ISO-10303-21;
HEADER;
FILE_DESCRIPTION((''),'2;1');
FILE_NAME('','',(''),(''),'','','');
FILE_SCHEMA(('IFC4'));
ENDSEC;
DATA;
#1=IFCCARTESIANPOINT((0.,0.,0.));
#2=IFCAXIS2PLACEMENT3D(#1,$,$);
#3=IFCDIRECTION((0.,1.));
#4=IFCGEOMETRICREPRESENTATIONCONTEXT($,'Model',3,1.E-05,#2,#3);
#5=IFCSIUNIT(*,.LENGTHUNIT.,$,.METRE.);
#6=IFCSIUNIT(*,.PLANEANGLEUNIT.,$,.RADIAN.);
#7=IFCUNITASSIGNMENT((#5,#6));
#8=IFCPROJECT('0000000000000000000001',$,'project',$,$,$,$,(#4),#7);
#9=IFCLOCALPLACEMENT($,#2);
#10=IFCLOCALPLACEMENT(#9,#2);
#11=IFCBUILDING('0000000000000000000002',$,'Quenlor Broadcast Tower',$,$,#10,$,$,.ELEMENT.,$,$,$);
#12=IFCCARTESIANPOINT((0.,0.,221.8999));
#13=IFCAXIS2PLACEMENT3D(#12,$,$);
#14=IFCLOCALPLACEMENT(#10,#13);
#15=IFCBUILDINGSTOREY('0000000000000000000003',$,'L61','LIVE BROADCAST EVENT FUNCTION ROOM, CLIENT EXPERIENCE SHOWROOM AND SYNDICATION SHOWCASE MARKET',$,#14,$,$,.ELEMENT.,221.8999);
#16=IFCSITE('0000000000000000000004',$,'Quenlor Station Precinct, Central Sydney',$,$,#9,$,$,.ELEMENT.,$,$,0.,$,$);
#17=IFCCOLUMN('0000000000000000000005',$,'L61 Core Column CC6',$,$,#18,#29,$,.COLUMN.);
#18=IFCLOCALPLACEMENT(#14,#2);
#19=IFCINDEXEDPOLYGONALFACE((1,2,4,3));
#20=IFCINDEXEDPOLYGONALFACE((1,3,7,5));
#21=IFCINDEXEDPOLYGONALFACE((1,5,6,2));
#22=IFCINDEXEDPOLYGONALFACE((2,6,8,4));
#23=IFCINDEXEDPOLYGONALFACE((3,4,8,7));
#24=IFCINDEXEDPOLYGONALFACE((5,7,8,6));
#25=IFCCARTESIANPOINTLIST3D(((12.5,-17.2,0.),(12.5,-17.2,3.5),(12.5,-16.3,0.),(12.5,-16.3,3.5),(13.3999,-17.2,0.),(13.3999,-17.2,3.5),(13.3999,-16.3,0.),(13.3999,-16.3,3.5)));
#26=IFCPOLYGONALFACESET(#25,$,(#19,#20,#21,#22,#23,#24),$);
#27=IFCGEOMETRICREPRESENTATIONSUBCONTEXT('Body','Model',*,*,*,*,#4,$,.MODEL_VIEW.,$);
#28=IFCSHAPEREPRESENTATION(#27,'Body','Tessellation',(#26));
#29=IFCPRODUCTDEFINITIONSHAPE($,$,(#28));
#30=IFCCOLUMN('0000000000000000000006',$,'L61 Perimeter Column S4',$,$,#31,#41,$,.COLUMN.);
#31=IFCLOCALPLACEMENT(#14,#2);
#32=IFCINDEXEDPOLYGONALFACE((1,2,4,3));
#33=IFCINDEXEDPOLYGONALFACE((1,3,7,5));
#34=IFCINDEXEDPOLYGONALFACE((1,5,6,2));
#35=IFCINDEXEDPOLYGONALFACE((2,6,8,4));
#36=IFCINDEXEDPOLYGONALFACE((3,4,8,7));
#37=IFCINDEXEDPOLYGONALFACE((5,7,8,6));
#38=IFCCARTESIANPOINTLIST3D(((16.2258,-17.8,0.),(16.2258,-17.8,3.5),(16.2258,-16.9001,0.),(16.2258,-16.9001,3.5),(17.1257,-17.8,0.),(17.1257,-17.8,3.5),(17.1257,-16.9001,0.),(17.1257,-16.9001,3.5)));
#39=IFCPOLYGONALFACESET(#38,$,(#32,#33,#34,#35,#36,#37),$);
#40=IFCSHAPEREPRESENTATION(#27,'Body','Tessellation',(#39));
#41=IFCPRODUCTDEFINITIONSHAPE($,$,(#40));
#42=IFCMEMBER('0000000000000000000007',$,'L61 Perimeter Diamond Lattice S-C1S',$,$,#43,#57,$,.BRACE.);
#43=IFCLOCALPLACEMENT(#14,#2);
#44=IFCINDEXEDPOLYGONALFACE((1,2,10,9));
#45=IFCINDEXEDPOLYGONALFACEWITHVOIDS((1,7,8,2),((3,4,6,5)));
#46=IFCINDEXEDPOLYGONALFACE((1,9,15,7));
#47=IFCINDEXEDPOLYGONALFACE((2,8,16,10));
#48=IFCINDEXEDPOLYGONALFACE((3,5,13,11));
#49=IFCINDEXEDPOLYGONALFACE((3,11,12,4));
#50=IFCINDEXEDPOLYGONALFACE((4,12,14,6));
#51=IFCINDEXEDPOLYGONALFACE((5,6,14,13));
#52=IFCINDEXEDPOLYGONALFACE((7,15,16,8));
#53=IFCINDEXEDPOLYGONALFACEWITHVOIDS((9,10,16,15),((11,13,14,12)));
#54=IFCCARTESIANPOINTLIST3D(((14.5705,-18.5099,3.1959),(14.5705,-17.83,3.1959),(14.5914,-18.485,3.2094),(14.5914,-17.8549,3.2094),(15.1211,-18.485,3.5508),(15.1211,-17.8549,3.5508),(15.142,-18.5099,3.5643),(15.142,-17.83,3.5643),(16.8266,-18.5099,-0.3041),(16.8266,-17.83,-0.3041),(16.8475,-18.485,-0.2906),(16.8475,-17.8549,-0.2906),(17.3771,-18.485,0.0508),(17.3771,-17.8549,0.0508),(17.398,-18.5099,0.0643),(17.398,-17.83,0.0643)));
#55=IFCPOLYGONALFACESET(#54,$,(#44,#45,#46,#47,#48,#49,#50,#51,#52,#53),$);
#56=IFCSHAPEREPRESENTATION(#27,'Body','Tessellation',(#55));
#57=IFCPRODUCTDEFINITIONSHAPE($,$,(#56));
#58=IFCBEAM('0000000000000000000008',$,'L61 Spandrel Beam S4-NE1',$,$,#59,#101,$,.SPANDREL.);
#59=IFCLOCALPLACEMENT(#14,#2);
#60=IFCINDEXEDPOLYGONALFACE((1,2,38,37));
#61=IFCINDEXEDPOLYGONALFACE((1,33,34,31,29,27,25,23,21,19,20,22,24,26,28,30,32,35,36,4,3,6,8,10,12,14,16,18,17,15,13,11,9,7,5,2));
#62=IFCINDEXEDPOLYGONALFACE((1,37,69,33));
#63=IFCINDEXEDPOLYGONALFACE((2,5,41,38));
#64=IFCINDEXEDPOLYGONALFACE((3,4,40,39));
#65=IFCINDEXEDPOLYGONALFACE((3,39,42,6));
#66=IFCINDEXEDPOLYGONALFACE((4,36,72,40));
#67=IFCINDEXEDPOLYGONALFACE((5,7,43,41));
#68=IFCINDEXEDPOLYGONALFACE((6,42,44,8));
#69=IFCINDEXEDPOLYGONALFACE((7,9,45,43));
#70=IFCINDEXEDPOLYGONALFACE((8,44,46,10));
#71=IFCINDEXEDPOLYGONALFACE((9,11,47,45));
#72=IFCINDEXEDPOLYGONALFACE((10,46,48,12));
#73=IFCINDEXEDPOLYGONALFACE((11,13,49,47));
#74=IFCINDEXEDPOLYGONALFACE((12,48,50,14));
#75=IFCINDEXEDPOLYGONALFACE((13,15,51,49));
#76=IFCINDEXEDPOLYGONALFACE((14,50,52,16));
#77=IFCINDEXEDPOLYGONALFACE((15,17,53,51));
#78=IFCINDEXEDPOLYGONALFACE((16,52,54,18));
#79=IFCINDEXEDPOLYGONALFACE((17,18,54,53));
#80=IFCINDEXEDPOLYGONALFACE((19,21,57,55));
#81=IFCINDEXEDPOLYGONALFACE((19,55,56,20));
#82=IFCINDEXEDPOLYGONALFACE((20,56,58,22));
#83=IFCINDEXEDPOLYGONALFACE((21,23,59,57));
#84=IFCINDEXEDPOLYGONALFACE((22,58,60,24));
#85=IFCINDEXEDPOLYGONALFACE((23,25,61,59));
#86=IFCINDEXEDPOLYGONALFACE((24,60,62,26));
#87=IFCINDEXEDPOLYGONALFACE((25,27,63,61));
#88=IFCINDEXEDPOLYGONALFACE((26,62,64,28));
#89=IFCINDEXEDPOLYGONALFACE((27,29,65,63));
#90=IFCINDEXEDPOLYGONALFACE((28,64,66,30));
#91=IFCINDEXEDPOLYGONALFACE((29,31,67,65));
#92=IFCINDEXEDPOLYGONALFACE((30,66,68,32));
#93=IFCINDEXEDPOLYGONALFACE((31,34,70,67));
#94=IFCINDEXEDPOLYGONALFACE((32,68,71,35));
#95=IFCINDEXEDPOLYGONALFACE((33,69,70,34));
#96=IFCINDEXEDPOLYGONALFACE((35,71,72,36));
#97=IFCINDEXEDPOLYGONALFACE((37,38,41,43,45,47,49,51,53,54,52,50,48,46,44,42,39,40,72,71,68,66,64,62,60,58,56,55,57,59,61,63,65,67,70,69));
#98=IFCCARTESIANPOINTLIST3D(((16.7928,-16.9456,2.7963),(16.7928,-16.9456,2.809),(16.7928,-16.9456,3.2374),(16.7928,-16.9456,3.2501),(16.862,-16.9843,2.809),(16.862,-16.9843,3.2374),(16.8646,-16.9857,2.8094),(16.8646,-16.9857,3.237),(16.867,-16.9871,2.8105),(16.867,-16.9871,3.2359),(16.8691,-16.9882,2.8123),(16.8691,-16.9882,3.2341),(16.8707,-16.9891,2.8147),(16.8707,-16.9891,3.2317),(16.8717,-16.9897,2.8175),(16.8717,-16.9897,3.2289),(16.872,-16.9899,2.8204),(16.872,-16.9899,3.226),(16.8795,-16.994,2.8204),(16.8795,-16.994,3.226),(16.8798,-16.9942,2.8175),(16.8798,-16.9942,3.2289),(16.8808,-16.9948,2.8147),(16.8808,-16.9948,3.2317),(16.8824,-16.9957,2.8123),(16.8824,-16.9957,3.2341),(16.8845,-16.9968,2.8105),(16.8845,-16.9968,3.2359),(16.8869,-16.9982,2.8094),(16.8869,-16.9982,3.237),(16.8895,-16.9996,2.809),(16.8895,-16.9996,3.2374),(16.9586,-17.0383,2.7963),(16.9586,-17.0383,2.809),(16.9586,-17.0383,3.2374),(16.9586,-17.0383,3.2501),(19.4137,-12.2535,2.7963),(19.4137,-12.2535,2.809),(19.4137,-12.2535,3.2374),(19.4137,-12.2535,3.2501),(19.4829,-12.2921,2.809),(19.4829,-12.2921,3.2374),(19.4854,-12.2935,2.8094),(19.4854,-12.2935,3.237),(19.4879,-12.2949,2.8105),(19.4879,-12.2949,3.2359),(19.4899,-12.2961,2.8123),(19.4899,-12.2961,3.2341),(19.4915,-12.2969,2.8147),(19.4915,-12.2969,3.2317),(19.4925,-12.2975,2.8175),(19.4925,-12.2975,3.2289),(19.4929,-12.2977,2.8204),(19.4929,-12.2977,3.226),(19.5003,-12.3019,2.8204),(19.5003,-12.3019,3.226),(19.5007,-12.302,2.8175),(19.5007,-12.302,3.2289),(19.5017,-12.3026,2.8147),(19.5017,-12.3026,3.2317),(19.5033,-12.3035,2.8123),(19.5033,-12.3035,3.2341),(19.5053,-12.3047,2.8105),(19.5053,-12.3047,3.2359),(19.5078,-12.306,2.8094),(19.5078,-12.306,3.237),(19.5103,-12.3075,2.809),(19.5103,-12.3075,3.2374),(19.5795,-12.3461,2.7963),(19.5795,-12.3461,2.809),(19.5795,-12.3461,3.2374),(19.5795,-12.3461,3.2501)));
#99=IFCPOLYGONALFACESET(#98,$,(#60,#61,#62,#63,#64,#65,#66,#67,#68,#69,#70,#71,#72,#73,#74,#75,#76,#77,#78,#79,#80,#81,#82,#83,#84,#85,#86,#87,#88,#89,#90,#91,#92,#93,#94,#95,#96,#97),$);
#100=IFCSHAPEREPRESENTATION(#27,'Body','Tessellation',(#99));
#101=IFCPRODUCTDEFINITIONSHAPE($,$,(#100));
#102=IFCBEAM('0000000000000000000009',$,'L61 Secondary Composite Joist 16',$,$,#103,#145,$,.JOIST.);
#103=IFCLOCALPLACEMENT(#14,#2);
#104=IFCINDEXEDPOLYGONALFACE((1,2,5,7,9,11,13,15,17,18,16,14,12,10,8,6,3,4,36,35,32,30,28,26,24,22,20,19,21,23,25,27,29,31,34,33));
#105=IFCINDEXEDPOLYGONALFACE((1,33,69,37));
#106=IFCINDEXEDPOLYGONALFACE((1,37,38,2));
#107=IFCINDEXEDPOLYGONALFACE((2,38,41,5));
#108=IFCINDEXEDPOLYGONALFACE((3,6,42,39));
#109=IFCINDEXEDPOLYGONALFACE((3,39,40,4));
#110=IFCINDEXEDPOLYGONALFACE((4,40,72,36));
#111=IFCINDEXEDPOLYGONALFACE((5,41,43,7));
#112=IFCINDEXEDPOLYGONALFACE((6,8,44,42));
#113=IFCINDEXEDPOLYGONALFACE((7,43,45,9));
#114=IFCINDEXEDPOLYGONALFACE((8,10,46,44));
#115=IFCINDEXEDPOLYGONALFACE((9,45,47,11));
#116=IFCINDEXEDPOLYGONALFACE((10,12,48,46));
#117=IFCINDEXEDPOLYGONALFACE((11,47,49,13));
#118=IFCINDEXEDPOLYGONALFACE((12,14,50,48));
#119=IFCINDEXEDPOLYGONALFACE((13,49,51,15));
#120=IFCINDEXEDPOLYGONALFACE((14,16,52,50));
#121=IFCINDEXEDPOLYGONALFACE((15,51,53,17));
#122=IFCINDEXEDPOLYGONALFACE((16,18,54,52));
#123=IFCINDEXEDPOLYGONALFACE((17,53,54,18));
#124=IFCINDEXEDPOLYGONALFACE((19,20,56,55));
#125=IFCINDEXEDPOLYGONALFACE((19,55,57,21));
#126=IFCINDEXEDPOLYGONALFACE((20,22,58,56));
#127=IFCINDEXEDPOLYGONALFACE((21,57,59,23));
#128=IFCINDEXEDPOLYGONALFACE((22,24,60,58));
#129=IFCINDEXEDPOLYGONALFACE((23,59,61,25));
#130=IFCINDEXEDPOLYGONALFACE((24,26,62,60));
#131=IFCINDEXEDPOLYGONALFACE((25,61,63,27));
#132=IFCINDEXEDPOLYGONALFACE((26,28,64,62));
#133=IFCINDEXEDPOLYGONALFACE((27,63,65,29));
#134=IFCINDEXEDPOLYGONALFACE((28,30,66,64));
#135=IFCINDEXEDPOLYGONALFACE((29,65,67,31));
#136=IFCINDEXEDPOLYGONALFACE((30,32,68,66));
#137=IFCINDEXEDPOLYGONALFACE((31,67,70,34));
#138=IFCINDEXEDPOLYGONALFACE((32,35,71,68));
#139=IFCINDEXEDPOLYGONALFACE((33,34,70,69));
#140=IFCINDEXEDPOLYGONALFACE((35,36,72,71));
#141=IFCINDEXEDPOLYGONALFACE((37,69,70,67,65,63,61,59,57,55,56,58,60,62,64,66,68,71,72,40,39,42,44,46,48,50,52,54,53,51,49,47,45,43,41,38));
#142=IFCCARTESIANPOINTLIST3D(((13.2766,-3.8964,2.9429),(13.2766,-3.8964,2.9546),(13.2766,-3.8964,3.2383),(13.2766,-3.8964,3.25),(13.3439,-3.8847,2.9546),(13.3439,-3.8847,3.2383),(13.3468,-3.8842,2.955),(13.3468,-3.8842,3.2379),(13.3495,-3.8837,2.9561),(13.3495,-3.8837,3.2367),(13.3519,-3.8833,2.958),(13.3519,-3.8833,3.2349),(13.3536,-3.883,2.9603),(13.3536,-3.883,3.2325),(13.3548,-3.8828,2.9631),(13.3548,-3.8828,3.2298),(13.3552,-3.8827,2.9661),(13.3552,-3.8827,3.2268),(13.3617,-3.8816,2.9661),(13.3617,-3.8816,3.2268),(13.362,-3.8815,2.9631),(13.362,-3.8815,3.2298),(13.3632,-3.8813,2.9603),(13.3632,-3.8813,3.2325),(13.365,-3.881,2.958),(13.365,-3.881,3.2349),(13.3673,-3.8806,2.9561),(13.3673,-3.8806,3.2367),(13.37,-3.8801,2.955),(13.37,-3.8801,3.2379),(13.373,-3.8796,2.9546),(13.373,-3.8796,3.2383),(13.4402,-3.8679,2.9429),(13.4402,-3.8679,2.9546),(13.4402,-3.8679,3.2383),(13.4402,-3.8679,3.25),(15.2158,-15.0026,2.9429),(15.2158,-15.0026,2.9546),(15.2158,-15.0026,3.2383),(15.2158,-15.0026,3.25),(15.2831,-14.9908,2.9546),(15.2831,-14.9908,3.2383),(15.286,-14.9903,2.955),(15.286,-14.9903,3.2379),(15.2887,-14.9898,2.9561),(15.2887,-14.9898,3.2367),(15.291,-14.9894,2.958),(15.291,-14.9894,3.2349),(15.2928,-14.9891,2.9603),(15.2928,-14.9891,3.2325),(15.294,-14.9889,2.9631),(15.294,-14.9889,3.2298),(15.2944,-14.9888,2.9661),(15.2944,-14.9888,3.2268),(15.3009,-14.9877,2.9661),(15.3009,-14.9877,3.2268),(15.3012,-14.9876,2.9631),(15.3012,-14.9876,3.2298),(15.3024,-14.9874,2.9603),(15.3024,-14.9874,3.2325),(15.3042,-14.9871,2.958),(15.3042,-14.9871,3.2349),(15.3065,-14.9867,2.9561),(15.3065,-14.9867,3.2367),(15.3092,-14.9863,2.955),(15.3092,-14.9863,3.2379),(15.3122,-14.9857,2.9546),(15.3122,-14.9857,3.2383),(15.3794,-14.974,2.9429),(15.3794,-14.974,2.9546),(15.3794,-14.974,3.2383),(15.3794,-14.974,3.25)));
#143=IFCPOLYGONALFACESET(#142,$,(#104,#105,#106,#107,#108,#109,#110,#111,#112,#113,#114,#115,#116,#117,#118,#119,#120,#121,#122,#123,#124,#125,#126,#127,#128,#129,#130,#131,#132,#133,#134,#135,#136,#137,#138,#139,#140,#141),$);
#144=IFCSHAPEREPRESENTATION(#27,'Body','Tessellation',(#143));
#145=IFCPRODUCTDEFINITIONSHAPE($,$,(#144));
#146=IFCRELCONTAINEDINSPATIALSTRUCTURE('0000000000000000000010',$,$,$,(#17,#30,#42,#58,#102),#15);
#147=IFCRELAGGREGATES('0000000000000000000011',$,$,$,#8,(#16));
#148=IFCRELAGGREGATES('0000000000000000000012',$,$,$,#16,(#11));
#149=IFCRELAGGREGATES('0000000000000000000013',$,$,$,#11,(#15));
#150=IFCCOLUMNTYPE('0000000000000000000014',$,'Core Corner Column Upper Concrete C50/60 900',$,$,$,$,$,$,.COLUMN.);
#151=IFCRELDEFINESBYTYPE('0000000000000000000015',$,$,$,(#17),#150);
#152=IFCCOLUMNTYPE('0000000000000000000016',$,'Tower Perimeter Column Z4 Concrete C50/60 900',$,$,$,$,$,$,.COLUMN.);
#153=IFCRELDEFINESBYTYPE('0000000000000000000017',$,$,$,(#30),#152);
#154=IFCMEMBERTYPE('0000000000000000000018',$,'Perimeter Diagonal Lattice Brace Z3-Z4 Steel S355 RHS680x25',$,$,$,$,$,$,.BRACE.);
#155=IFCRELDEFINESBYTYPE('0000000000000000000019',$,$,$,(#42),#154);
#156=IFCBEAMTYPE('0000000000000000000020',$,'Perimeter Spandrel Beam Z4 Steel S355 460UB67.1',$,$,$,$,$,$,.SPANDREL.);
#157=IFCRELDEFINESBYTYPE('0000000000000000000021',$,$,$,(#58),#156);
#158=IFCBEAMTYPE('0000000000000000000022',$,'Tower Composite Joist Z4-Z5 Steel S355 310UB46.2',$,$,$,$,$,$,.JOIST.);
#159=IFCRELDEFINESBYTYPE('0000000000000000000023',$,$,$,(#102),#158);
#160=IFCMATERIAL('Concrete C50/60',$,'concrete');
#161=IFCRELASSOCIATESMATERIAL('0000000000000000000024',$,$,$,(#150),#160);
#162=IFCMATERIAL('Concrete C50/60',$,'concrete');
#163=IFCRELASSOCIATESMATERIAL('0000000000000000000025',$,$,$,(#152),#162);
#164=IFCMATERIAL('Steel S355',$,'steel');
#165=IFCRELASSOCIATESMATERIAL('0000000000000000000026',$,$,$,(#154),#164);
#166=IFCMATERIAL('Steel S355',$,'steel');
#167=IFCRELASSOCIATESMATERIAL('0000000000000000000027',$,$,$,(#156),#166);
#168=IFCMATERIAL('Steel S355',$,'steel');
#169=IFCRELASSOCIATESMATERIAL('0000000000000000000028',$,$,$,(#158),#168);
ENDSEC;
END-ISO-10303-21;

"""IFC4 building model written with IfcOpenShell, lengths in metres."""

from ifc_helpers import new_model, si_unit, direction, frame, origin, origin_2d, place, context, subcontext, project, spatial, rectangle, hollow_rectangle, i_section, extrude, material, material_profile, profile_set, type_object, element, save


model = new_model("IFC4")

# Units and contexts
model_context = context("Model", 3, precision=1e-05, world=origin(), true_north=direction((0.0, 1.0)))
body_context = subcontext(model_context, "Body", "Model", "MODEL_VIEW")
ifc_project = project(units=[si_unit("LENGTHUNIT", "METRE"), si_unit("PLANEANGLEUNIT", "RADIAN")], contexts=[model_context])

# Site, building, storey
site_placement = place(None, origin())
site = spatial("IfcSite", under=ifc_project, at=site_placement, Name="Quenlor Station Precinct, Central Sydney", CompositionType="ELEMENT", RefElevation=0.0)
building_placement = place(site_placement, origin())
building = spatial("IfcBuilding", under=site, at=building_placement, Name="Quenlor Broadcast Tower", CompositionType="ELEMENT")
storey_placement = place(building_placement, frame((0.0, 0.0, 221.8999)))
storey = spatial("IfcBuildingStorey", under=building, at=storey_placement, Name="L61", Description="LIVE BROADCAST EVENT FUNCTION ROOM, CLIENT EXPERIENCE SHOWROOM AND SYNDICATION SHOWCASE MARKET", CompositionType="ELEMENT", Elevation=221.8999)

# Columns
ifc_material_1 = material(Name="Concrete C50/60", Category="concrete")
ifc_material_profile_1 = material_profile(ifc_material_1, rectangle(XDim=0.8999, YDim=0.8999, at=origin_2d()))
ifc_profile_set_1 = profile_set([ifc_material_profile_1], Name="Concrete C50/60 RC900x900")
column_type_1 = type_object("IfcColumnType", Name="Core Corner Column Upper Concrete C50/60 900", PredefinedType="COLUMN", material=ifc_profile_set_1)
column_1_placement = place(storey_placement, frame((12.95, -16.75, 0.0), z_axis=(0.0, 0.0, 1.0), x_axis=(1.0, 0.0, 0.0)))
element("IfcColumn", 1, at=column_1_placement, inside=storey, type_object=column_type_1, Name="L61 Core Column CC6", PredefinedType="COLUMN", context=body_context, shape_type="SweptSolid", body=[
    extrude(rectangle(XDim=0.8999, YDim=0.8999, at=origin_2d()), origin(), (0.0, 0.0, 1.0), 3.5),
])
ifc_material_2 = material(Name="Concrete C50/60", Category="concrete")
ifc_material_profile_2 = material_profile(ifc_material_2, rectangle(XDim=0.8999, YDim=0.8999, at=origin_2d()))
ifc_profile_set_2 = profile_set([ifc_material_profile_2], Name="Concrete C50/60 RC900x900")
column_type_2 = type_object("IfcColumnType", Name="Tower Perimeter Column Z4 Concrete C50/60 900", PredefinedType="COLUMN", material=ifc_profile_set_2)
column_2_placement = place(storey_placement, frame((16.6758, -17.3501, 0.0), z_axis=(0.0, 0.0, 1.0), x_axis=(0.0, 1.0, 0.0)))
element("IfcColumn", 2, at=column_2_placement, inside=storey, type_object=column_type_2, Name="L61 Perimeter Column S4", PredefinedType="COLUMN", context=body_context, shape_type="SweptSolid", body=[
    extrude(rectangle(XDim=0.8999, YDim=0.8999, at=origin_2d()), origin(), (0.0, 0.0, 1.0), 3.5),
])

# Member
ifc_material_3 = material(Name="Steel S355", Category="steel")
ifc_material_profile_3 = material_profile(ifc_material_3, hollow_rectangle(XDim=0.6799, YDim=0.6799, WallThickness=0.0249, at=origin_2d()))
ifc_profile_set_3 = profile_set([ifc_material_profile_3], Name="Steel S355 RHS680x680x25")
member_type = type_object("IfcMemberType", Name="Perimeter Diagonal Lattice Brace Z3-Z4 Steel S355 RHS680x25", PredefinedType="BRACE", material=ifc_profile_set_3)
member_placement = place(storey_placement, frame((17.1123, -18.1699, -0.1199), z_axis=(-0.541794, 0.0, 0.840511), x_axis=(0.0, -1.0, 0.0)))
element("IfcMember", 3, at=member_placement, inside=storey, type_object=member_type, Name="L61 Perimeter Diamond Lattice S-C1S", PredefinedType="BRACE", context=body_context, shape_type="SweptSolid", body=[
    extrude(hollow_rectangle(XDim=0.6799, YDim=0.6799, WallThickness=0.0249, at=origin_2d()), origin(), (0.0, 0.0, 1.0), 4.1641),
])

# Beams
ifc_material_4 = material(Name="Steel S355", Category="steel")
ifc_material_profile_4 = material_profile(ifc_material_4, i_section(OverallWidth=0.1899, OverallDepth=0.4539, WebThickness=0.0085, FlangeThickness=0.0127, FilletRadius=0.0115, at=origin_2d()))
ifc_profile_set_4 = profile_set([ifc_material_profile_4], Name="Steel S355 460UB67.1")
beam_type_1 = type_object("IfcBeamType", Name="Perimeter Spandrel Beam Z4 Steel S355 460UB67.1", PredefinedType="SPANDREL", material=ifc_profile_set_4)
beam_1_placement = place(storey_placement, frame((16.8757, -16.9919, 3.0232), z_axis=(0.487647, 0.873041, 0.0), x_axis=(-0.873041, 0.487647, 0.0)))
element("IfcBeam", 4, at=beam_1_placement, inside=storey, type_object=beam_type_1, Name="L61 Spandrel Beam S4-NE1", PredefinedType="SPANDREL", context=body_context, shape_type="SweptSolid", body=[
    extrude(i_section(OverallWidth=0.1899, OverallDepth=0.4539, WebThickness=0.0085, FlangeThickness=0.0127, FilletRadius=0.0115, at=origin_2d()), origin(), (0.0, 0.0, 1.0), 5.3745),
])
ifc_material_5 = material(Name="Steel S355", Category="steel")
ifc_material_profile_5 = material_profile(ifc_material_5, i_section(OverallWidth=0.166, OverallDepth=0.3071, WebThickness=0.0066, FlangeThickness=0.0117, FilletRadius=0.0115, at=origin_2d()))
ifc_profile_set_5 = profile_set([ifc_material_profile_5], Name="Steel S355 310UB46.2")
beam_type_2 = type_object("IfcBeamType", Name="Tower Composite Joist Z4-Z5 Steel S355 310UB46.2", PredefinedType="JOIST", material=ifc_profile_set_5)
beam_2_placement = place(storey_placement, frame((15.2976, -14.9883, 3.0964), z_axis=(-0.172004, 0.985096, 0.0), x_axis=(-0.985096, -0.172004, 0.0)))
element("IfcBeam", 5, at=beam_2_placement, inside=storey, type_object=beam_type_2, Name="L61 Secondary Composite Joist 16", PredefinedType="JOIST", context=body_context, shape_type="SweptSolid", body=[
    extrude(i_section(OverallWidth=0.166, OverallDepth=0.3071, WebThickness=0.0066, FlangeThickness=0.0117, FilletRadius=0.0115, at=origin_2d()), origin(), (0.0, 0.0, 1.0), 11.2742),
])

save(model, "model.ifc")
